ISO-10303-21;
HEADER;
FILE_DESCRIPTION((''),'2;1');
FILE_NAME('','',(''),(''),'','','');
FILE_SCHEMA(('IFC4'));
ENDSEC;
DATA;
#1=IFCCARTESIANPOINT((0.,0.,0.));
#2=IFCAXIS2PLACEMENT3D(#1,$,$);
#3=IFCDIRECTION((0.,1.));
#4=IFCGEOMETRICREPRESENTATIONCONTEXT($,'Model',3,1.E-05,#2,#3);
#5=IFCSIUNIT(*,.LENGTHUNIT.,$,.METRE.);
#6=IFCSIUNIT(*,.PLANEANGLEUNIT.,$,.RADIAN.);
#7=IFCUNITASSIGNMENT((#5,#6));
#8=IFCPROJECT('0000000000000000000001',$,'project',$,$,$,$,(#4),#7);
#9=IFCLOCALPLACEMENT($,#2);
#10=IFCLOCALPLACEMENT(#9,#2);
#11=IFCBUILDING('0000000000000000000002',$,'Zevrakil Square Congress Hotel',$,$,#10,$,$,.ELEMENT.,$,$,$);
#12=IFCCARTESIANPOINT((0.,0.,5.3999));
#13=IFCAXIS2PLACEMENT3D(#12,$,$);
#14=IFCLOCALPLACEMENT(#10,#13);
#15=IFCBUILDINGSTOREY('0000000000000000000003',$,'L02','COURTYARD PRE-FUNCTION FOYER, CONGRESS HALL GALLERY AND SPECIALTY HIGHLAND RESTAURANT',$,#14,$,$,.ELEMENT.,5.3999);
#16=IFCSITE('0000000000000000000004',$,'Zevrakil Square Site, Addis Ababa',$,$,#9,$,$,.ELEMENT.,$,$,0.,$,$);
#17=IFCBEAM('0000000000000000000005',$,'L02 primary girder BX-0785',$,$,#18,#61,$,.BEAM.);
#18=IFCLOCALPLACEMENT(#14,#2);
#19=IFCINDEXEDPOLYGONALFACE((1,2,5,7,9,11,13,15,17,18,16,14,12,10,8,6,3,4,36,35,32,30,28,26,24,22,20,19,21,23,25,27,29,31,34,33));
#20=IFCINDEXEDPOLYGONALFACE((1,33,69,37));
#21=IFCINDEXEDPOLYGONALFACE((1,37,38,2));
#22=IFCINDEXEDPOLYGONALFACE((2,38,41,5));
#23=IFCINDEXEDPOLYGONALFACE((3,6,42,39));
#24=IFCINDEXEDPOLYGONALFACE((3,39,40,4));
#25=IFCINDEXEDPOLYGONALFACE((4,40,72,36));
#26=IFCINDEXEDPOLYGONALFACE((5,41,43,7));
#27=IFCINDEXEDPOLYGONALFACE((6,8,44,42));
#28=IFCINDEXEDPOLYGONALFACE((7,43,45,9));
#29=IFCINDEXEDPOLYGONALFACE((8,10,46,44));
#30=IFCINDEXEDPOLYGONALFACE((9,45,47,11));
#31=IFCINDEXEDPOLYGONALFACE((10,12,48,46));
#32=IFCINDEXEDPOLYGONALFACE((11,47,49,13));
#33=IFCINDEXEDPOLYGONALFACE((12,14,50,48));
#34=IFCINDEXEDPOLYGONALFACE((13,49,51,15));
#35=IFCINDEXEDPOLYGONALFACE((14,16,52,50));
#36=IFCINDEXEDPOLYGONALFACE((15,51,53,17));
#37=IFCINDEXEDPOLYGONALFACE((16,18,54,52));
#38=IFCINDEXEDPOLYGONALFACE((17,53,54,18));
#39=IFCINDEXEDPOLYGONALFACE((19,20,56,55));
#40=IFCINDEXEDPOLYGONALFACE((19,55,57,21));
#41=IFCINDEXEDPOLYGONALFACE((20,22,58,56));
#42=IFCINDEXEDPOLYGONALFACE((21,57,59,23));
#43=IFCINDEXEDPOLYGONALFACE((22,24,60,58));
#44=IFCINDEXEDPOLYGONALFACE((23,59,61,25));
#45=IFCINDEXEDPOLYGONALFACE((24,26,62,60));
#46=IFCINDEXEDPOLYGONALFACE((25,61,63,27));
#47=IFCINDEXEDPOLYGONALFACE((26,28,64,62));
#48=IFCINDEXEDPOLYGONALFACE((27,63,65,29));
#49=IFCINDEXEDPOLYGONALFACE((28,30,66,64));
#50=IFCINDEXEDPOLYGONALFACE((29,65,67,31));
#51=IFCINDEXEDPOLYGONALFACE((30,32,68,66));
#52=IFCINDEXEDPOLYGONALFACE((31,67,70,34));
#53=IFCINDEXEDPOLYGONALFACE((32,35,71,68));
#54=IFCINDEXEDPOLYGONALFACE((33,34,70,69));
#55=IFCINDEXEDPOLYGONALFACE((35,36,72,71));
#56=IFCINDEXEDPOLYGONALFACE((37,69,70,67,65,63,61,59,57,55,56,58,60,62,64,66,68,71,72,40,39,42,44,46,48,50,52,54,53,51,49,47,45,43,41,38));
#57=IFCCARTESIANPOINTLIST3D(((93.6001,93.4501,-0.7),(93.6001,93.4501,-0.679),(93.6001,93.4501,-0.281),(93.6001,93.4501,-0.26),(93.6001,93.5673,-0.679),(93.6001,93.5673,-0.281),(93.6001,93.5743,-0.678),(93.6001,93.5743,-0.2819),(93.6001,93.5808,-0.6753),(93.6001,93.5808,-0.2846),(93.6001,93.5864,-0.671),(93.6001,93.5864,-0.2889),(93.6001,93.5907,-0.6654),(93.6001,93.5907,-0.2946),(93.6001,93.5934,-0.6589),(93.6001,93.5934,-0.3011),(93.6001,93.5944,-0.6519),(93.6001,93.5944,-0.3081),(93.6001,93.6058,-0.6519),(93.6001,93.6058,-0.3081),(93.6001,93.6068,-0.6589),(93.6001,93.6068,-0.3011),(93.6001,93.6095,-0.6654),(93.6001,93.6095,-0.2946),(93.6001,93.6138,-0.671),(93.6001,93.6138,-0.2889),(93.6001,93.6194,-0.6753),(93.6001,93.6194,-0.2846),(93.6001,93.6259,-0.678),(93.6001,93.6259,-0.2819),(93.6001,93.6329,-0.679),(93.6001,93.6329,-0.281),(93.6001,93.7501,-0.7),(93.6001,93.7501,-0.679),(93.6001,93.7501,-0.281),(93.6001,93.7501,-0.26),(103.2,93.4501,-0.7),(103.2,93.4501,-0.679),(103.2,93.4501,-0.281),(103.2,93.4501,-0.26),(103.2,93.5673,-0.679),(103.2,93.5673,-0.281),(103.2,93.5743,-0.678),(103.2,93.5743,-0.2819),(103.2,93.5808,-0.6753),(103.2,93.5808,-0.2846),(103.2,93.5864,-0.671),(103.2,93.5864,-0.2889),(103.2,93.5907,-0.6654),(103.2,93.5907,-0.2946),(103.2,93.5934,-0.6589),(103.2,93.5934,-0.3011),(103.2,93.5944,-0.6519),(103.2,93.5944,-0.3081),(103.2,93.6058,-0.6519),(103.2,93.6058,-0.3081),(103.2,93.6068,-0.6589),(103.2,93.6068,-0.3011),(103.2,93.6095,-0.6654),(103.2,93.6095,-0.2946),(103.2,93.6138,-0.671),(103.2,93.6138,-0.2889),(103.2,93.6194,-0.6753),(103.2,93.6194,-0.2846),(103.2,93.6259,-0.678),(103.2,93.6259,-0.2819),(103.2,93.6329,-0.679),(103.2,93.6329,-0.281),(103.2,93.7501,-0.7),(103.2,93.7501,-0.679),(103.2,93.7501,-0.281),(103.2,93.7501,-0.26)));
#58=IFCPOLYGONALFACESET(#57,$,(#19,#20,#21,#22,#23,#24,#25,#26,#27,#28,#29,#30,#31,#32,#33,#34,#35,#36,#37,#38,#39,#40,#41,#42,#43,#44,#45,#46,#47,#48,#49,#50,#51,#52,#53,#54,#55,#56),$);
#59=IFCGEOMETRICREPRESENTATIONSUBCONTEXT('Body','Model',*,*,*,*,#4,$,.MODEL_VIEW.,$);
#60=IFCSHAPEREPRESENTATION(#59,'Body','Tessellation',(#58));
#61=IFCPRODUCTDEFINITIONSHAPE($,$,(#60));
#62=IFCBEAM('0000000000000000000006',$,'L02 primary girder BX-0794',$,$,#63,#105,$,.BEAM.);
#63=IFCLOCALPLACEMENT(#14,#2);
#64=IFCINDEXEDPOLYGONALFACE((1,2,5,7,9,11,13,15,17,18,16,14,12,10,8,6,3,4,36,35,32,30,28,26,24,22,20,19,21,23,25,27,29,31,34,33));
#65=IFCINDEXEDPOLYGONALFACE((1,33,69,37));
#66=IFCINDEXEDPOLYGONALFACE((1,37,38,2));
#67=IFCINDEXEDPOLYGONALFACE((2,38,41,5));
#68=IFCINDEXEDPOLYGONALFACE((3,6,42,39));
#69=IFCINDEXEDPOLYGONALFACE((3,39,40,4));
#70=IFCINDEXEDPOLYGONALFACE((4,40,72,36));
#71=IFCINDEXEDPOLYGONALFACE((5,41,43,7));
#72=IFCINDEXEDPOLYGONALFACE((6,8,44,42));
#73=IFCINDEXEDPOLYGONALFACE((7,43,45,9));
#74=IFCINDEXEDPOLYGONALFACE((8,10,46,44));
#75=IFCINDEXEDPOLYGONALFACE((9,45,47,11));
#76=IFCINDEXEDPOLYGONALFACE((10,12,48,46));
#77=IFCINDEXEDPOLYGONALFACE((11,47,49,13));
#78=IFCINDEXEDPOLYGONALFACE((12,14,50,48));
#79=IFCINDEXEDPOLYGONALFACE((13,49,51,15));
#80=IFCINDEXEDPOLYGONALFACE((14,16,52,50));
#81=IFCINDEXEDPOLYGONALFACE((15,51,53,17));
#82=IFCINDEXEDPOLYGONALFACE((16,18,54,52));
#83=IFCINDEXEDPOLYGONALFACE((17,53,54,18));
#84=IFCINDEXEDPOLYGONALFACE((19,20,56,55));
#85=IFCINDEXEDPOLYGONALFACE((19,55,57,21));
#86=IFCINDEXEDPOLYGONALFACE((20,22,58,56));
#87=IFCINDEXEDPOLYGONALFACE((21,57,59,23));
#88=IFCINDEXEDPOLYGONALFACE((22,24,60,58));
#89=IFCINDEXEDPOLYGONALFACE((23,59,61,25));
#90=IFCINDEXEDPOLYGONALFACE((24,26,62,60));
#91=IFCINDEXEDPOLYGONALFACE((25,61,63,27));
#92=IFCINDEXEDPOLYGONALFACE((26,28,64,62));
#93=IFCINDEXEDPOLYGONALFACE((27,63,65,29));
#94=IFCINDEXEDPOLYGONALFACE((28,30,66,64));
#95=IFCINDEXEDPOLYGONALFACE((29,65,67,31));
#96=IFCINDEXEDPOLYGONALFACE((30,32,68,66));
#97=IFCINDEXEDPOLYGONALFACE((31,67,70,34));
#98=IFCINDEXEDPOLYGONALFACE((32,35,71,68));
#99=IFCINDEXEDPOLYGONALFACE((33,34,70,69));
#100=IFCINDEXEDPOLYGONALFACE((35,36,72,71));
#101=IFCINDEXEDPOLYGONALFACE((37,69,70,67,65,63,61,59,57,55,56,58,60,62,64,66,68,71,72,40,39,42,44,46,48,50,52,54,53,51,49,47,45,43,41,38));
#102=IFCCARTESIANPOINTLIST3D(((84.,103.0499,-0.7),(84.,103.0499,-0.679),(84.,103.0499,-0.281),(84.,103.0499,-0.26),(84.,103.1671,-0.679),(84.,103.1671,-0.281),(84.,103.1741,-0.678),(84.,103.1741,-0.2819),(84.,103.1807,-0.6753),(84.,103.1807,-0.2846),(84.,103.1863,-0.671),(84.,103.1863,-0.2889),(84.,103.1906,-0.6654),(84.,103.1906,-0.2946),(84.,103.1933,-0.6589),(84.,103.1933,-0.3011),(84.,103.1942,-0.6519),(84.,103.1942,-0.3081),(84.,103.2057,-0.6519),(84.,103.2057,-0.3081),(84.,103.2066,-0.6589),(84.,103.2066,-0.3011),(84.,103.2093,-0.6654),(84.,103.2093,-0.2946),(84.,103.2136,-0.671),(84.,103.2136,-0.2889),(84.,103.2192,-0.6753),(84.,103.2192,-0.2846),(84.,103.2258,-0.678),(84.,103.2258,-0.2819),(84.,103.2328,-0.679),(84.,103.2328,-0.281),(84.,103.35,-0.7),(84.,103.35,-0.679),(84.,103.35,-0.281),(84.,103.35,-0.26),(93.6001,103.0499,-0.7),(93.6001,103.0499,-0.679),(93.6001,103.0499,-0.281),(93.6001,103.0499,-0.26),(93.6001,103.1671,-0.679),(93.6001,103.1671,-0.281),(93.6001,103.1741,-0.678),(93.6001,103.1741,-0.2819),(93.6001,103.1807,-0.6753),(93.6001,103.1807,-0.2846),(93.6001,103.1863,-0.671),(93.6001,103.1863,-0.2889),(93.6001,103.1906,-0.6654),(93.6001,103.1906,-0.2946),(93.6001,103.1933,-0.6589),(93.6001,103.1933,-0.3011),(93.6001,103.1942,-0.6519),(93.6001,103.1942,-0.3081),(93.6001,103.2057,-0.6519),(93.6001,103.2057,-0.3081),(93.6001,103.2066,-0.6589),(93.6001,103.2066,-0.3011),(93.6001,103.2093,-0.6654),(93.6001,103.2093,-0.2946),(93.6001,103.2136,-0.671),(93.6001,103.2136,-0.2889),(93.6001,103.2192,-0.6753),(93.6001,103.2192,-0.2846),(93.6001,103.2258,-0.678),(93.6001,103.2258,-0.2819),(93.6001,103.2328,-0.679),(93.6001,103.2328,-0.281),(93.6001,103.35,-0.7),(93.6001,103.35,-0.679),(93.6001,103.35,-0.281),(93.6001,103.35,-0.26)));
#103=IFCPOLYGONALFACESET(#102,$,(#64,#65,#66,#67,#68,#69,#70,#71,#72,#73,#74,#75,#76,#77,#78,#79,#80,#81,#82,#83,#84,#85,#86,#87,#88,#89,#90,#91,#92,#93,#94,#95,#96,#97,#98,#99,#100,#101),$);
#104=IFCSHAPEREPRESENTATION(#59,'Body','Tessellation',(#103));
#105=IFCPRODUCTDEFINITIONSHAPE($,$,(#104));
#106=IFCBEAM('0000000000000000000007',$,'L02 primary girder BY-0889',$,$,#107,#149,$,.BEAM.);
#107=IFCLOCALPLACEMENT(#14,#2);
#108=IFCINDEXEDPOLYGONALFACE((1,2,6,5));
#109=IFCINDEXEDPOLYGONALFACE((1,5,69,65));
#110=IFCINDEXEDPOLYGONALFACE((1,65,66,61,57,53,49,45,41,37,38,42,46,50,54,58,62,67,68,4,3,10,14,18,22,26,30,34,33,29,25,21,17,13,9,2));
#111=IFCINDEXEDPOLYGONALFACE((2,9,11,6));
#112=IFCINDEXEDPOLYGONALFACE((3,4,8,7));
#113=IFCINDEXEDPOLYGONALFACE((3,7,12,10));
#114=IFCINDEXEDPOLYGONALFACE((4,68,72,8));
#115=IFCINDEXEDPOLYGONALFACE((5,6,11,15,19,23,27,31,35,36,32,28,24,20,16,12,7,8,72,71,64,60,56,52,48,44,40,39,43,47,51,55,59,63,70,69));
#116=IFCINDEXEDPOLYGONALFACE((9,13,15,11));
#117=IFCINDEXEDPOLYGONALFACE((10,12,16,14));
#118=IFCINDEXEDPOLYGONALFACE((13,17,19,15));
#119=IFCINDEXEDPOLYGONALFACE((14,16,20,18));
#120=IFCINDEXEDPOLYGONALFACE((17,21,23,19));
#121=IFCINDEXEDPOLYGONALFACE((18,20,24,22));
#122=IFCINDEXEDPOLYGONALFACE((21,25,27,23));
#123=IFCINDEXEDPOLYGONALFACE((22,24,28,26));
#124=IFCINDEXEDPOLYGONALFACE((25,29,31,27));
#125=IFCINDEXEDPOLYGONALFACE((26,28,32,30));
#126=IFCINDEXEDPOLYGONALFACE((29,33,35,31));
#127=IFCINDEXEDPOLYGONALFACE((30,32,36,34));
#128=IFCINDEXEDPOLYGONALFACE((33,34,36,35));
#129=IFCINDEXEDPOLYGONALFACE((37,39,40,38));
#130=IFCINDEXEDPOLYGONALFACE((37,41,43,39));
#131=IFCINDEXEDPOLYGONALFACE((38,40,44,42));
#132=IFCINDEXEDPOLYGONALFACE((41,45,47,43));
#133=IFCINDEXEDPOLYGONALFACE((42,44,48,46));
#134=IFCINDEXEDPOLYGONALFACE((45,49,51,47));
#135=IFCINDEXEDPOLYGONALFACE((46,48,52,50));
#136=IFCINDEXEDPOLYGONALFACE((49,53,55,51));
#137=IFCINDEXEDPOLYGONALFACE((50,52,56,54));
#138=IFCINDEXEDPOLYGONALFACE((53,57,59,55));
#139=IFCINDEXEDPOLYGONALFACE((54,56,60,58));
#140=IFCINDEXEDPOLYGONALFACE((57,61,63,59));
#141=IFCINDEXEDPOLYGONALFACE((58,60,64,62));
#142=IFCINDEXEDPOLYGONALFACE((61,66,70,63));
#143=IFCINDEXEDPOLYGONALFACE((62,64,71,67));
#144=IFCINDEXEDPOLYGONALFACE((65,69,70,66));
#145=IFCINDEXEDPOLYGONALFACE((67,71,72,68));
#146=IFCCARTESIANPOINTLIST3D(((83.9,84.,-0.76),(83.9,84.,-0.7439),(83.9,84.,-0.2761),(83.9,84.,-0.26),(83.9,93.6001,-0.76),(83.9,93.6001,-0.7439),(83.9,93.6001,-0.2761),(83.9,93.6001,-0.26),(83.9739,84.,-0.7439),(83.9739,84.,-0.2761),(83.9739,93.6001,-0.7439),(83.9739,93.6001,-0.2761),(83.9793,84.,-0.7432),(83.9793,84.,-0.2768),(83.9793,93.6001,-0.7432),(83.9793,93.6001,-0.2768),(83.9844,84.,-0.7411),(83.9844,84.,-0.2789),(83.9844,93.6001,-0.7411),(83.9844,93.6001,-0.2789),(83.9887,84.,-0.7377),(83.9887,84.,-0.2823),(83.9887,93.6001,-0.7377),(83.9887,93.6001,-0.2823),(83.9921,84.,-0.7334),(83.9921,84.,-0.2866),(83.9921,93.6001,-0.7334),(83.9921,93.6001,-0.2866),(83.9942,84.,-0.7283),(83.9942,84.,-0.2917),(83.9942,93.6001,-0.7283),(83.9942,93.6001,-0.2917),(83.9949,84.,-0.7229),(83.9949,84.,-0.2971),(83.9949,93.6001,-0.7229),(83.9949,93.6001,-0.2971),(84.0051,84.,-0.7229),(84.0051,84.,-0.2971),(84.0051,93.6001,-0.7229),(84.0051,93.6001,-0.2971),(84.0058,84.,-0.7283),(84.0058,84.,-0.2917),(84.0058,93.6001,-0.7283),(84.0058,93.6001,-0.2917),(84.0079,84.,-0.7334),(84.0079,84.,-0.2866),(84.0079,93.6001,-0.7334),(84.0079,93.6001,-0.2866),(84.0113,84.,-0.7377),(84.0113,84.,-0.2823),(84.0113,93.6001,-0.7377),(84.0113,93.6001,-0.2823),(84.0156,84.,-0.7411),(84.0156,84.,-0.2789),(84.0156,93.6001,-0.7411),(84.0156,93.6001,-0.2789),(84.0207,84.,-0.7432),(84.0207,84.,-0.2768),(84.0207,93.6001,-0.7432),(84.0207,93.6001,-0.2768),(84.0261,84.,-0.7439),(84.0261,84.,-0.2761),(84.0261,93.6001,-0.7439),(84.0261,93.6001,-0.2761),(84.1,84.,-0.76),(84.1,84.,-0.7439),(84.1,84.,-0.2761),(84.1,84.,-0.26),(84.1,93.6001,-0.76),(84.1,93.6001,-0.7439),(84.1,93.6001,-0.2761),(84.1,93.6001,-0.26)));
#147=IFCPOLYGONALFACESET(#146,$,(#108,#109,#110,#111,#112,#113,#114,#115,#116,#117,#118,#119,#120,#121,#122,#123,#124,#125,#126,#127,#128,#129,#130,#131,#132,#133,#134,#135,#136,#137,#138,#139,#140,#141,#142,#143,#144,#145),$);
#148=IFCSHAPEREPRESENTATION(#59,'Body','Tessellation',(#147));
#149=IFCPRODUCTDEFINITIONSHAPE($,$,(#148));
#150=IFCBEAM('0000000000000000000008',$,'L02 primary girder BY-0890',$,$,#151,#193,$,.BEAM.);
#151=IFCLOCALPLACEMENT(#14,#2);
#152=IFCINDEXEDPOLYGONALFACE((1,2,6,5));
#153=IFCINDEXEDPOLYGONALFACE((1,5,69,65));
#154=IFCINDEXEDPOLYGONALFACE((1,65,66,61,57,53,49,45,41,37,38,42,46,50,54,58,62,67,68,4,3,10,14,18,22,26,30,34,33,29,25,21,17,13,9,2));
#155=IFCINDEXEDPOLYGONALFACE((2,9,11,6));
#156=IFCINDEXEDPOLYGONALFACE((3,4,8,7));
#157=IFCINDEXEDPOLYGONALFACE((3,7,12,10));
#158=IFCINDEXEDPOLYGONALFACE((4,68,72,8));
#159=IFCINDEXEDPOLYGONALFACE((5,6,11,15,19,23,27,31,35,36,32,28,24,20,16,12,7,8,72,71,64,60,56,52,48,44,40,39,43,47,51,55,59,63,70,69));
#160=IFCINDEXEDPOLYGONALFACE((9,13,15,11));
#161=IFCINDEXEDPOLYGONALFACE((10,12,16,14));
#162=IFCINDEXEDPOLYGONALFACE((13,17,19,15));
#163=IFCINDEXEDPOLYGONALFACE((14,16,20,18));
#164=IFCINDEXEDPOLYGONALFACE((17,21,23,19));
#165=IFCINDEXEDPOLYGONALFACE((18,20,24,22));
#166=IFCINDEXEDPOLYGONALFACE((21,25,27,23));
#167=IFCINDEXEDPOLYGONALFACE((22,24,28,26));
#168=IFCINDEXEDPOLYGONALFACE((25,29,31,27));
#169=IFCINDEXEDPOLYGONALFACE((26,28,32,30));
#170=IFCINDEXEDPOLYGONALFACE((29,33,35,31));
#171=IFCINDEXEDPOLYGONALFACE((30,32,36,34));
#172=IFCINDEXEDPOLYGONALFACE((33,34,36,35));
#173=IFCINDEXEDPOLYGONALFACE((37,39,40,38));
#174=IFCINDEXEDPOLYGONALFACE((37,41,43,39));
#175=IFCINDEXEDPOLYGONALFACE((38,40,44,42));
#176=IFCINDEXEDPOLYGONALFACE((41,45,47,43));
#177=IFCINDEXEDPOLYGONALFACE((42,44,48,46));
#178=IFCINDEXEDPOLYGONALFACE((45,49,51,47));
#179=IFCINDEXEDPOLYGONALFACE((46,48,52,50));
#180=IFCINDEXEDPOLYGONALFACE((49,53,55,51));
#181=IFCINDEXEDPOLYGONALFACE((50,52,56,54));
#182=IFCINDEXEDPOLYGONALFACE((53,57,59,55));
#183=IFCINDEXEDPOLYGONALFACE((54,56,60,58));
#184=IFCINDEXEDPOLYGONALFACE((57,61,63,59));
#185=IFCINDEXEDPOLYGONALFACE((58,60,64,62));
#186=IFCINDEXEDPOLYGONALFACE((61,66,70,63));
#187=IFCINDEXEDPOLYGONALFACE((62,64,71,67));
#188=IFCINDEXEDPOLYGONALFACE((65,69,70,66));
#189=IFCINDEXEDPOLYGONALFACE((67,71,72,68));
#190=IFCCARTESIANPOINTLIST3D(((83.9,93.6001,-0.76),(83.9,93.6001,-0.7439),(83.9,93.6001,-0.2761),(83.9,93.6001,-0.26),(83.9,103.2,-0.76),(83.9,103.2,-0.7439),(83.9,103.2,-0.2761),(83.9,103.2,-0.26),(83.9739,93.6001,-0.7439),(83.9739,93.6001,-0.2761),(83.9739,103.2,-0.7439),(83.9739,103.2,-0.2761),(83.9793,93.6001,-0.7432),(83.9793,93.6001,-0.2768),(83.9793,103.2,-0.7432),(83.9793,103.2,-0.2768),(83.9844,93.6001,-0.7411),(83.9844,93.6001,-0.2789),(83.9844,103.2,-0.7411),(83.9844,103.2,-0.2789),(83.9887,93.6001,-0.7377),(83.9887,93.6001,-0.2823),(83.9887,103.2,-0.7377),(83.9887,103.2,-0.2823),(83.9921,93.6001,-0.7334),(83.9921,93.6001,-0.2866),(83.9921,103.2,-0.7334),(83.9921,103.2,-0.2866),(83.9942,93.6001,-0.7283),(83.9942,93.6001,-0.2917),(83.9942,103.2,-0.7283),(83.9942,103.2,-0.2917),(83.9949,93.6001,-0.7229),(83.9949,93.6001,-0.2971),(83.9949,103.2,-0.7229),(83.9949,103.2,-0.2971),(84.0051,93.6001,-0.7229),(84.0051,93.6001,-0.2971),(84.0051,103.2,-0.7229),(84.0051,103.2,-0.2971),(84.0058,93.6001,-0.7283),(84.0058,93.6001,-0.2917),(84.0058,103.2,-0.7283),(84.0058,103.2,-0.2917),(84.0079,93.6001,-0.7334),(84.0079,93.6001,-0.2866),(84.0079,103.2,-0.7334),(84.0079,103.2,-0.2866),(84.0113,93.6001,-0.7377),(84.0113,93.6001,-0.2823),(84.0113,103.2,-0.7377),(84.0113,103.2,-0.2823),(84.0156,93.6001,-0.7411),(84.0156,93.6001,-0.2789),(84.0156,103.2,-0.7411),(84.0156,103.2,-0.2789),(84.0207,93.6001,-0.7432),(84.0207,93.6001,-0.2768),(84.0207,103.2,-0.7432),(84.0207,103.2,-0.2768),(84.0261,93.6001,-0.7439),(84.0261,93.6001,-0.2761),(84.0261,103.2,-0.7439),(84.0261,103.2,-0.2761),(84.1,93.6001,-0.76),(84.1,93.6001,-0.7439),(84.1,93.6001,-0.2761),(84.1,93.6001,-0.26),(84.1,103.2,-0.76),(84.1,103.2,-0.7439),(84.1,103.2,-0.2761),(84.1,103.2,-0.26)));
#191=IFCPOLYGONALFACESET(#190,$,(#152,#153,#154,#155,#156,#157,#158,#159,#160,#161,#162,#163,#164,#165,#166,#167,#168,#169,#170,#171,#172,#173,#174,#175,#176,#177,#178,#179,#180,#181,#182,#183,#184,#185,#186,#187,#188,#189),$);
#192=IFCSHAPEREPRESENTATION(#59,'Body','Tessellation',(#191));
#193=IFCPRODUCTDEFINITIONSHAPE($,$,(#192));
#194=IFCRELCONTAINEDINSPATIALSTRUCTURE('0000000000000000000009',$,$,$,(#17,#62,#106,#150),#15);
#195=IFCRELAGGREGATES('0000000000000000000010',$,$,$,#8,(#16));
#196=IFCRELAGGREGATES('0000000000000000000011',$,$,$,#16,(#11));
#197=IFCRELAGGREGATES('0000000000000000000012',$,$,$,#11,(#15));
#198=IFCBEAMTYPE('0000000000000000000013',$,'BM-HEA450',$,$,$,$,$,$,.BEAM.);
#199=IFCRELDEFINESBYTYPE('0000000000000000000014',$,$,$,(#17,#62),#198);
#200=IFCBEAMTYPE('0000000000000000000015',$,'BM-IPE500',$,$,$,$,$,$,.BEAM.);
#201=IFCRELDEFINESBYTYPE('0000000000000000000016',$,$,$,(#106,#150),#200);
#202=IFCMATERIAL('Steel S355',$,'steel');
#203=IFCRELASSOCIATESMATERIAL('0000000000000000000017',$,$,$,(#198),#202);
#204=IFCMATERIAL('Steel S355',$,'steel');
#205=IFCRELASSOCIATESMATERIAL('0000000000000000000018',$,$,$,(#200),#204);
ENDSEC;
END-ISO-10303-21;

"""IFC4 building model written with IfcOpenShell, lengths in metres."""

from ifc_helpers import new_model, si_unit, direction, frame, origin, origin_2d, place, context, subcontext, project, spatial, i_section, extrude, material, material_profile, profile_set, type_object, element, save


model = new_model("IFC4")

# Units and contexts
model_context = context("Model", 3, precision=1e-05, world=origin(), true_north=direction((0.0, 1.0)))
body_context = subcontext(model_context, "Body", "Model", "MODEL_VIEW")
ifc_project = project(units=[si_unit("LENGTHUNIT", "METRE"), si_unit("PLANEANGLEUNIT", "RADIAN")], contexts=[model_context])

# Site, building, storey
site_placement = place(None, origin())
site = spatial("IfcSite", under=ifc_project, at=site_placement, Name="Zevrakil Square Site, Addis Ababa", CompositionType="ELEMENT", RefElevation=0.0)
building_placement = place(site_placement, origin())
building = spatial("IfcBuilding", under=site, at=building_placement, Name="Zevrakil Square Congress Hotel", CompositionType="ELEMENT")
storey_placement = place(building_placement, frame((0.0, 0.0, 5.3999)))
storey = spatial("IfcBuildingStorey", under=building, at=storey_placement, Name="L02", Description="COURTYARD PRE-FUNCTION FOYER, CONGRESS HALL GALLERY AND SPECIALTY HIGHLAND RESTAURANT", CompositionType="ELEMENT", Elevation=5.3999)

# Beams
ifc_material_1 = material(Name="Steel S355", Category="steel")
ifc_material_profile_1 = material_profile(ifc_material_1, i_section(OverallWidth=0.3, OverallDepth=0.4399, WebThickness=0.0115, FlangeThickness=0.021, FilletRadius=0.0271, at=origin_2d()), Name="HEA 450")
ifc_profile_set_1 = profile_set([ifc_material_profile_1], Name="Steel S355")
beam_type_1 = type_object("IfcBeamType", Name="BM-HEA450", PredefinedType="BEAM", material=ifc_profile_set_1)
beam_1_placement = place(storey_placement, frame((93.6001, 93.6001, -0.48), z_axis=(1.0, 0.0, 0.0), x_axis=(0.0, 1.0, 0.0)))
element("IfcBeam", 1, at=beam_1_placement, inside=storey, type_object=beam_type_1, Name="L02 primary girder BX-0785", PredefinedType="BEAM", context=body_context, shape_type="SweptSolid", body=[
    extrude(i_section(OverallWidth=0.3, OverallDepth=0.4399, WebThickness=0.0115, FlangeThickness=0.021, FilletRadius=0.0271, at=origin_2d()), origin(), (0.0, 0.0, 1.0), 9.5999),
])
beam_2_placement = place(storey_placement, frame((84.0, 103.2, -0.48), z_axis=(1.0, 0.0, 0.0), x_axis=(0.0, 1.0, 0.0)))
element("IfcBeam", 2, at=beam_2_placement, inside=storey, type_object=beam_type_1, Name="L02 primary girder BX-0794", PredefinedType="BEAM", context=body_context, shape_type="SweptSolid", body=[
    extrude(i_section(OverallWidth=0.3, OverallDepth=0.4399, WebThickness=0.0115, FlangeThickness=0.021, FilletRadius=0.0271, at=origin_2d()), origin(), (0.0, 0.0, 1.0), 9.6001),
])
ifc_material_2 = material(Name="Steel S355", Category="steel")
ifc_material_profile_2 = material_profile(ifc_material_2, i_section(OverallWidth=0.2, OverallDepth=0.5, WebThickness=0.0103, FlangeThickness=0.0161, FilletRadius=0.021, at=origin_2d()), Name="IPE 500")
ifc_profile_set_2 = profile_set([ifc_material_profile_2], Name="Steel S355")
beam_type_2 = type_object("IfcBeamType", Name="BM-IPE500", PredefinedType="BEAM", material=ifc_profile_set_2)
beam_3_placement = place(storey_placement, frame((84.0, 84.0, -0.51), z_axis=(0.0, 1.0, 0.0), x_axis=(-1.0, 0.0, 0.0)))
element("IfcBeam", 3, at=beam_3_placement, inside=storey, type_object=beam_type_2, Name="L02 primary girder BY-0889", PredefinedType="BEAM", context=body_context, shape_type="SweptSolid", body=[
    extrude(i_section(OverallWidth=0.2, OverallDepth=0.5, WebThickness=0.0103, FlangeThickness=0.0161, FilletRadius=0.021, at=origin_2d()), origin(), (0.0, 0.0, 1.0), 9.6001),
])
beam_4_placement = place(storey_placement, frame((84.0, 93.6001, -0.51), z_axis=(0.0, 1.0, 0.0), x_axis=(-1.0, 0.0, 0.0)))
element("IfcBeam", 4, at=beam_4_placement, inside=storey, type_object=beam_type_2, Name="L02 primary girder BY-0890", PredefinedType="BEAM", context=body_context, shape_type="SweptSolid", body=[
    extrude(i_section(OverallWidth=0.2, OverallDepth=0.5, WebThickness=0.0103, FlangeThickness=0.0161, FilletRadius=0.021, at=origin_2d()), origin(), (0.0, 0.0, 1.0), 9.5999),
])

save(model, "model.ifc")
